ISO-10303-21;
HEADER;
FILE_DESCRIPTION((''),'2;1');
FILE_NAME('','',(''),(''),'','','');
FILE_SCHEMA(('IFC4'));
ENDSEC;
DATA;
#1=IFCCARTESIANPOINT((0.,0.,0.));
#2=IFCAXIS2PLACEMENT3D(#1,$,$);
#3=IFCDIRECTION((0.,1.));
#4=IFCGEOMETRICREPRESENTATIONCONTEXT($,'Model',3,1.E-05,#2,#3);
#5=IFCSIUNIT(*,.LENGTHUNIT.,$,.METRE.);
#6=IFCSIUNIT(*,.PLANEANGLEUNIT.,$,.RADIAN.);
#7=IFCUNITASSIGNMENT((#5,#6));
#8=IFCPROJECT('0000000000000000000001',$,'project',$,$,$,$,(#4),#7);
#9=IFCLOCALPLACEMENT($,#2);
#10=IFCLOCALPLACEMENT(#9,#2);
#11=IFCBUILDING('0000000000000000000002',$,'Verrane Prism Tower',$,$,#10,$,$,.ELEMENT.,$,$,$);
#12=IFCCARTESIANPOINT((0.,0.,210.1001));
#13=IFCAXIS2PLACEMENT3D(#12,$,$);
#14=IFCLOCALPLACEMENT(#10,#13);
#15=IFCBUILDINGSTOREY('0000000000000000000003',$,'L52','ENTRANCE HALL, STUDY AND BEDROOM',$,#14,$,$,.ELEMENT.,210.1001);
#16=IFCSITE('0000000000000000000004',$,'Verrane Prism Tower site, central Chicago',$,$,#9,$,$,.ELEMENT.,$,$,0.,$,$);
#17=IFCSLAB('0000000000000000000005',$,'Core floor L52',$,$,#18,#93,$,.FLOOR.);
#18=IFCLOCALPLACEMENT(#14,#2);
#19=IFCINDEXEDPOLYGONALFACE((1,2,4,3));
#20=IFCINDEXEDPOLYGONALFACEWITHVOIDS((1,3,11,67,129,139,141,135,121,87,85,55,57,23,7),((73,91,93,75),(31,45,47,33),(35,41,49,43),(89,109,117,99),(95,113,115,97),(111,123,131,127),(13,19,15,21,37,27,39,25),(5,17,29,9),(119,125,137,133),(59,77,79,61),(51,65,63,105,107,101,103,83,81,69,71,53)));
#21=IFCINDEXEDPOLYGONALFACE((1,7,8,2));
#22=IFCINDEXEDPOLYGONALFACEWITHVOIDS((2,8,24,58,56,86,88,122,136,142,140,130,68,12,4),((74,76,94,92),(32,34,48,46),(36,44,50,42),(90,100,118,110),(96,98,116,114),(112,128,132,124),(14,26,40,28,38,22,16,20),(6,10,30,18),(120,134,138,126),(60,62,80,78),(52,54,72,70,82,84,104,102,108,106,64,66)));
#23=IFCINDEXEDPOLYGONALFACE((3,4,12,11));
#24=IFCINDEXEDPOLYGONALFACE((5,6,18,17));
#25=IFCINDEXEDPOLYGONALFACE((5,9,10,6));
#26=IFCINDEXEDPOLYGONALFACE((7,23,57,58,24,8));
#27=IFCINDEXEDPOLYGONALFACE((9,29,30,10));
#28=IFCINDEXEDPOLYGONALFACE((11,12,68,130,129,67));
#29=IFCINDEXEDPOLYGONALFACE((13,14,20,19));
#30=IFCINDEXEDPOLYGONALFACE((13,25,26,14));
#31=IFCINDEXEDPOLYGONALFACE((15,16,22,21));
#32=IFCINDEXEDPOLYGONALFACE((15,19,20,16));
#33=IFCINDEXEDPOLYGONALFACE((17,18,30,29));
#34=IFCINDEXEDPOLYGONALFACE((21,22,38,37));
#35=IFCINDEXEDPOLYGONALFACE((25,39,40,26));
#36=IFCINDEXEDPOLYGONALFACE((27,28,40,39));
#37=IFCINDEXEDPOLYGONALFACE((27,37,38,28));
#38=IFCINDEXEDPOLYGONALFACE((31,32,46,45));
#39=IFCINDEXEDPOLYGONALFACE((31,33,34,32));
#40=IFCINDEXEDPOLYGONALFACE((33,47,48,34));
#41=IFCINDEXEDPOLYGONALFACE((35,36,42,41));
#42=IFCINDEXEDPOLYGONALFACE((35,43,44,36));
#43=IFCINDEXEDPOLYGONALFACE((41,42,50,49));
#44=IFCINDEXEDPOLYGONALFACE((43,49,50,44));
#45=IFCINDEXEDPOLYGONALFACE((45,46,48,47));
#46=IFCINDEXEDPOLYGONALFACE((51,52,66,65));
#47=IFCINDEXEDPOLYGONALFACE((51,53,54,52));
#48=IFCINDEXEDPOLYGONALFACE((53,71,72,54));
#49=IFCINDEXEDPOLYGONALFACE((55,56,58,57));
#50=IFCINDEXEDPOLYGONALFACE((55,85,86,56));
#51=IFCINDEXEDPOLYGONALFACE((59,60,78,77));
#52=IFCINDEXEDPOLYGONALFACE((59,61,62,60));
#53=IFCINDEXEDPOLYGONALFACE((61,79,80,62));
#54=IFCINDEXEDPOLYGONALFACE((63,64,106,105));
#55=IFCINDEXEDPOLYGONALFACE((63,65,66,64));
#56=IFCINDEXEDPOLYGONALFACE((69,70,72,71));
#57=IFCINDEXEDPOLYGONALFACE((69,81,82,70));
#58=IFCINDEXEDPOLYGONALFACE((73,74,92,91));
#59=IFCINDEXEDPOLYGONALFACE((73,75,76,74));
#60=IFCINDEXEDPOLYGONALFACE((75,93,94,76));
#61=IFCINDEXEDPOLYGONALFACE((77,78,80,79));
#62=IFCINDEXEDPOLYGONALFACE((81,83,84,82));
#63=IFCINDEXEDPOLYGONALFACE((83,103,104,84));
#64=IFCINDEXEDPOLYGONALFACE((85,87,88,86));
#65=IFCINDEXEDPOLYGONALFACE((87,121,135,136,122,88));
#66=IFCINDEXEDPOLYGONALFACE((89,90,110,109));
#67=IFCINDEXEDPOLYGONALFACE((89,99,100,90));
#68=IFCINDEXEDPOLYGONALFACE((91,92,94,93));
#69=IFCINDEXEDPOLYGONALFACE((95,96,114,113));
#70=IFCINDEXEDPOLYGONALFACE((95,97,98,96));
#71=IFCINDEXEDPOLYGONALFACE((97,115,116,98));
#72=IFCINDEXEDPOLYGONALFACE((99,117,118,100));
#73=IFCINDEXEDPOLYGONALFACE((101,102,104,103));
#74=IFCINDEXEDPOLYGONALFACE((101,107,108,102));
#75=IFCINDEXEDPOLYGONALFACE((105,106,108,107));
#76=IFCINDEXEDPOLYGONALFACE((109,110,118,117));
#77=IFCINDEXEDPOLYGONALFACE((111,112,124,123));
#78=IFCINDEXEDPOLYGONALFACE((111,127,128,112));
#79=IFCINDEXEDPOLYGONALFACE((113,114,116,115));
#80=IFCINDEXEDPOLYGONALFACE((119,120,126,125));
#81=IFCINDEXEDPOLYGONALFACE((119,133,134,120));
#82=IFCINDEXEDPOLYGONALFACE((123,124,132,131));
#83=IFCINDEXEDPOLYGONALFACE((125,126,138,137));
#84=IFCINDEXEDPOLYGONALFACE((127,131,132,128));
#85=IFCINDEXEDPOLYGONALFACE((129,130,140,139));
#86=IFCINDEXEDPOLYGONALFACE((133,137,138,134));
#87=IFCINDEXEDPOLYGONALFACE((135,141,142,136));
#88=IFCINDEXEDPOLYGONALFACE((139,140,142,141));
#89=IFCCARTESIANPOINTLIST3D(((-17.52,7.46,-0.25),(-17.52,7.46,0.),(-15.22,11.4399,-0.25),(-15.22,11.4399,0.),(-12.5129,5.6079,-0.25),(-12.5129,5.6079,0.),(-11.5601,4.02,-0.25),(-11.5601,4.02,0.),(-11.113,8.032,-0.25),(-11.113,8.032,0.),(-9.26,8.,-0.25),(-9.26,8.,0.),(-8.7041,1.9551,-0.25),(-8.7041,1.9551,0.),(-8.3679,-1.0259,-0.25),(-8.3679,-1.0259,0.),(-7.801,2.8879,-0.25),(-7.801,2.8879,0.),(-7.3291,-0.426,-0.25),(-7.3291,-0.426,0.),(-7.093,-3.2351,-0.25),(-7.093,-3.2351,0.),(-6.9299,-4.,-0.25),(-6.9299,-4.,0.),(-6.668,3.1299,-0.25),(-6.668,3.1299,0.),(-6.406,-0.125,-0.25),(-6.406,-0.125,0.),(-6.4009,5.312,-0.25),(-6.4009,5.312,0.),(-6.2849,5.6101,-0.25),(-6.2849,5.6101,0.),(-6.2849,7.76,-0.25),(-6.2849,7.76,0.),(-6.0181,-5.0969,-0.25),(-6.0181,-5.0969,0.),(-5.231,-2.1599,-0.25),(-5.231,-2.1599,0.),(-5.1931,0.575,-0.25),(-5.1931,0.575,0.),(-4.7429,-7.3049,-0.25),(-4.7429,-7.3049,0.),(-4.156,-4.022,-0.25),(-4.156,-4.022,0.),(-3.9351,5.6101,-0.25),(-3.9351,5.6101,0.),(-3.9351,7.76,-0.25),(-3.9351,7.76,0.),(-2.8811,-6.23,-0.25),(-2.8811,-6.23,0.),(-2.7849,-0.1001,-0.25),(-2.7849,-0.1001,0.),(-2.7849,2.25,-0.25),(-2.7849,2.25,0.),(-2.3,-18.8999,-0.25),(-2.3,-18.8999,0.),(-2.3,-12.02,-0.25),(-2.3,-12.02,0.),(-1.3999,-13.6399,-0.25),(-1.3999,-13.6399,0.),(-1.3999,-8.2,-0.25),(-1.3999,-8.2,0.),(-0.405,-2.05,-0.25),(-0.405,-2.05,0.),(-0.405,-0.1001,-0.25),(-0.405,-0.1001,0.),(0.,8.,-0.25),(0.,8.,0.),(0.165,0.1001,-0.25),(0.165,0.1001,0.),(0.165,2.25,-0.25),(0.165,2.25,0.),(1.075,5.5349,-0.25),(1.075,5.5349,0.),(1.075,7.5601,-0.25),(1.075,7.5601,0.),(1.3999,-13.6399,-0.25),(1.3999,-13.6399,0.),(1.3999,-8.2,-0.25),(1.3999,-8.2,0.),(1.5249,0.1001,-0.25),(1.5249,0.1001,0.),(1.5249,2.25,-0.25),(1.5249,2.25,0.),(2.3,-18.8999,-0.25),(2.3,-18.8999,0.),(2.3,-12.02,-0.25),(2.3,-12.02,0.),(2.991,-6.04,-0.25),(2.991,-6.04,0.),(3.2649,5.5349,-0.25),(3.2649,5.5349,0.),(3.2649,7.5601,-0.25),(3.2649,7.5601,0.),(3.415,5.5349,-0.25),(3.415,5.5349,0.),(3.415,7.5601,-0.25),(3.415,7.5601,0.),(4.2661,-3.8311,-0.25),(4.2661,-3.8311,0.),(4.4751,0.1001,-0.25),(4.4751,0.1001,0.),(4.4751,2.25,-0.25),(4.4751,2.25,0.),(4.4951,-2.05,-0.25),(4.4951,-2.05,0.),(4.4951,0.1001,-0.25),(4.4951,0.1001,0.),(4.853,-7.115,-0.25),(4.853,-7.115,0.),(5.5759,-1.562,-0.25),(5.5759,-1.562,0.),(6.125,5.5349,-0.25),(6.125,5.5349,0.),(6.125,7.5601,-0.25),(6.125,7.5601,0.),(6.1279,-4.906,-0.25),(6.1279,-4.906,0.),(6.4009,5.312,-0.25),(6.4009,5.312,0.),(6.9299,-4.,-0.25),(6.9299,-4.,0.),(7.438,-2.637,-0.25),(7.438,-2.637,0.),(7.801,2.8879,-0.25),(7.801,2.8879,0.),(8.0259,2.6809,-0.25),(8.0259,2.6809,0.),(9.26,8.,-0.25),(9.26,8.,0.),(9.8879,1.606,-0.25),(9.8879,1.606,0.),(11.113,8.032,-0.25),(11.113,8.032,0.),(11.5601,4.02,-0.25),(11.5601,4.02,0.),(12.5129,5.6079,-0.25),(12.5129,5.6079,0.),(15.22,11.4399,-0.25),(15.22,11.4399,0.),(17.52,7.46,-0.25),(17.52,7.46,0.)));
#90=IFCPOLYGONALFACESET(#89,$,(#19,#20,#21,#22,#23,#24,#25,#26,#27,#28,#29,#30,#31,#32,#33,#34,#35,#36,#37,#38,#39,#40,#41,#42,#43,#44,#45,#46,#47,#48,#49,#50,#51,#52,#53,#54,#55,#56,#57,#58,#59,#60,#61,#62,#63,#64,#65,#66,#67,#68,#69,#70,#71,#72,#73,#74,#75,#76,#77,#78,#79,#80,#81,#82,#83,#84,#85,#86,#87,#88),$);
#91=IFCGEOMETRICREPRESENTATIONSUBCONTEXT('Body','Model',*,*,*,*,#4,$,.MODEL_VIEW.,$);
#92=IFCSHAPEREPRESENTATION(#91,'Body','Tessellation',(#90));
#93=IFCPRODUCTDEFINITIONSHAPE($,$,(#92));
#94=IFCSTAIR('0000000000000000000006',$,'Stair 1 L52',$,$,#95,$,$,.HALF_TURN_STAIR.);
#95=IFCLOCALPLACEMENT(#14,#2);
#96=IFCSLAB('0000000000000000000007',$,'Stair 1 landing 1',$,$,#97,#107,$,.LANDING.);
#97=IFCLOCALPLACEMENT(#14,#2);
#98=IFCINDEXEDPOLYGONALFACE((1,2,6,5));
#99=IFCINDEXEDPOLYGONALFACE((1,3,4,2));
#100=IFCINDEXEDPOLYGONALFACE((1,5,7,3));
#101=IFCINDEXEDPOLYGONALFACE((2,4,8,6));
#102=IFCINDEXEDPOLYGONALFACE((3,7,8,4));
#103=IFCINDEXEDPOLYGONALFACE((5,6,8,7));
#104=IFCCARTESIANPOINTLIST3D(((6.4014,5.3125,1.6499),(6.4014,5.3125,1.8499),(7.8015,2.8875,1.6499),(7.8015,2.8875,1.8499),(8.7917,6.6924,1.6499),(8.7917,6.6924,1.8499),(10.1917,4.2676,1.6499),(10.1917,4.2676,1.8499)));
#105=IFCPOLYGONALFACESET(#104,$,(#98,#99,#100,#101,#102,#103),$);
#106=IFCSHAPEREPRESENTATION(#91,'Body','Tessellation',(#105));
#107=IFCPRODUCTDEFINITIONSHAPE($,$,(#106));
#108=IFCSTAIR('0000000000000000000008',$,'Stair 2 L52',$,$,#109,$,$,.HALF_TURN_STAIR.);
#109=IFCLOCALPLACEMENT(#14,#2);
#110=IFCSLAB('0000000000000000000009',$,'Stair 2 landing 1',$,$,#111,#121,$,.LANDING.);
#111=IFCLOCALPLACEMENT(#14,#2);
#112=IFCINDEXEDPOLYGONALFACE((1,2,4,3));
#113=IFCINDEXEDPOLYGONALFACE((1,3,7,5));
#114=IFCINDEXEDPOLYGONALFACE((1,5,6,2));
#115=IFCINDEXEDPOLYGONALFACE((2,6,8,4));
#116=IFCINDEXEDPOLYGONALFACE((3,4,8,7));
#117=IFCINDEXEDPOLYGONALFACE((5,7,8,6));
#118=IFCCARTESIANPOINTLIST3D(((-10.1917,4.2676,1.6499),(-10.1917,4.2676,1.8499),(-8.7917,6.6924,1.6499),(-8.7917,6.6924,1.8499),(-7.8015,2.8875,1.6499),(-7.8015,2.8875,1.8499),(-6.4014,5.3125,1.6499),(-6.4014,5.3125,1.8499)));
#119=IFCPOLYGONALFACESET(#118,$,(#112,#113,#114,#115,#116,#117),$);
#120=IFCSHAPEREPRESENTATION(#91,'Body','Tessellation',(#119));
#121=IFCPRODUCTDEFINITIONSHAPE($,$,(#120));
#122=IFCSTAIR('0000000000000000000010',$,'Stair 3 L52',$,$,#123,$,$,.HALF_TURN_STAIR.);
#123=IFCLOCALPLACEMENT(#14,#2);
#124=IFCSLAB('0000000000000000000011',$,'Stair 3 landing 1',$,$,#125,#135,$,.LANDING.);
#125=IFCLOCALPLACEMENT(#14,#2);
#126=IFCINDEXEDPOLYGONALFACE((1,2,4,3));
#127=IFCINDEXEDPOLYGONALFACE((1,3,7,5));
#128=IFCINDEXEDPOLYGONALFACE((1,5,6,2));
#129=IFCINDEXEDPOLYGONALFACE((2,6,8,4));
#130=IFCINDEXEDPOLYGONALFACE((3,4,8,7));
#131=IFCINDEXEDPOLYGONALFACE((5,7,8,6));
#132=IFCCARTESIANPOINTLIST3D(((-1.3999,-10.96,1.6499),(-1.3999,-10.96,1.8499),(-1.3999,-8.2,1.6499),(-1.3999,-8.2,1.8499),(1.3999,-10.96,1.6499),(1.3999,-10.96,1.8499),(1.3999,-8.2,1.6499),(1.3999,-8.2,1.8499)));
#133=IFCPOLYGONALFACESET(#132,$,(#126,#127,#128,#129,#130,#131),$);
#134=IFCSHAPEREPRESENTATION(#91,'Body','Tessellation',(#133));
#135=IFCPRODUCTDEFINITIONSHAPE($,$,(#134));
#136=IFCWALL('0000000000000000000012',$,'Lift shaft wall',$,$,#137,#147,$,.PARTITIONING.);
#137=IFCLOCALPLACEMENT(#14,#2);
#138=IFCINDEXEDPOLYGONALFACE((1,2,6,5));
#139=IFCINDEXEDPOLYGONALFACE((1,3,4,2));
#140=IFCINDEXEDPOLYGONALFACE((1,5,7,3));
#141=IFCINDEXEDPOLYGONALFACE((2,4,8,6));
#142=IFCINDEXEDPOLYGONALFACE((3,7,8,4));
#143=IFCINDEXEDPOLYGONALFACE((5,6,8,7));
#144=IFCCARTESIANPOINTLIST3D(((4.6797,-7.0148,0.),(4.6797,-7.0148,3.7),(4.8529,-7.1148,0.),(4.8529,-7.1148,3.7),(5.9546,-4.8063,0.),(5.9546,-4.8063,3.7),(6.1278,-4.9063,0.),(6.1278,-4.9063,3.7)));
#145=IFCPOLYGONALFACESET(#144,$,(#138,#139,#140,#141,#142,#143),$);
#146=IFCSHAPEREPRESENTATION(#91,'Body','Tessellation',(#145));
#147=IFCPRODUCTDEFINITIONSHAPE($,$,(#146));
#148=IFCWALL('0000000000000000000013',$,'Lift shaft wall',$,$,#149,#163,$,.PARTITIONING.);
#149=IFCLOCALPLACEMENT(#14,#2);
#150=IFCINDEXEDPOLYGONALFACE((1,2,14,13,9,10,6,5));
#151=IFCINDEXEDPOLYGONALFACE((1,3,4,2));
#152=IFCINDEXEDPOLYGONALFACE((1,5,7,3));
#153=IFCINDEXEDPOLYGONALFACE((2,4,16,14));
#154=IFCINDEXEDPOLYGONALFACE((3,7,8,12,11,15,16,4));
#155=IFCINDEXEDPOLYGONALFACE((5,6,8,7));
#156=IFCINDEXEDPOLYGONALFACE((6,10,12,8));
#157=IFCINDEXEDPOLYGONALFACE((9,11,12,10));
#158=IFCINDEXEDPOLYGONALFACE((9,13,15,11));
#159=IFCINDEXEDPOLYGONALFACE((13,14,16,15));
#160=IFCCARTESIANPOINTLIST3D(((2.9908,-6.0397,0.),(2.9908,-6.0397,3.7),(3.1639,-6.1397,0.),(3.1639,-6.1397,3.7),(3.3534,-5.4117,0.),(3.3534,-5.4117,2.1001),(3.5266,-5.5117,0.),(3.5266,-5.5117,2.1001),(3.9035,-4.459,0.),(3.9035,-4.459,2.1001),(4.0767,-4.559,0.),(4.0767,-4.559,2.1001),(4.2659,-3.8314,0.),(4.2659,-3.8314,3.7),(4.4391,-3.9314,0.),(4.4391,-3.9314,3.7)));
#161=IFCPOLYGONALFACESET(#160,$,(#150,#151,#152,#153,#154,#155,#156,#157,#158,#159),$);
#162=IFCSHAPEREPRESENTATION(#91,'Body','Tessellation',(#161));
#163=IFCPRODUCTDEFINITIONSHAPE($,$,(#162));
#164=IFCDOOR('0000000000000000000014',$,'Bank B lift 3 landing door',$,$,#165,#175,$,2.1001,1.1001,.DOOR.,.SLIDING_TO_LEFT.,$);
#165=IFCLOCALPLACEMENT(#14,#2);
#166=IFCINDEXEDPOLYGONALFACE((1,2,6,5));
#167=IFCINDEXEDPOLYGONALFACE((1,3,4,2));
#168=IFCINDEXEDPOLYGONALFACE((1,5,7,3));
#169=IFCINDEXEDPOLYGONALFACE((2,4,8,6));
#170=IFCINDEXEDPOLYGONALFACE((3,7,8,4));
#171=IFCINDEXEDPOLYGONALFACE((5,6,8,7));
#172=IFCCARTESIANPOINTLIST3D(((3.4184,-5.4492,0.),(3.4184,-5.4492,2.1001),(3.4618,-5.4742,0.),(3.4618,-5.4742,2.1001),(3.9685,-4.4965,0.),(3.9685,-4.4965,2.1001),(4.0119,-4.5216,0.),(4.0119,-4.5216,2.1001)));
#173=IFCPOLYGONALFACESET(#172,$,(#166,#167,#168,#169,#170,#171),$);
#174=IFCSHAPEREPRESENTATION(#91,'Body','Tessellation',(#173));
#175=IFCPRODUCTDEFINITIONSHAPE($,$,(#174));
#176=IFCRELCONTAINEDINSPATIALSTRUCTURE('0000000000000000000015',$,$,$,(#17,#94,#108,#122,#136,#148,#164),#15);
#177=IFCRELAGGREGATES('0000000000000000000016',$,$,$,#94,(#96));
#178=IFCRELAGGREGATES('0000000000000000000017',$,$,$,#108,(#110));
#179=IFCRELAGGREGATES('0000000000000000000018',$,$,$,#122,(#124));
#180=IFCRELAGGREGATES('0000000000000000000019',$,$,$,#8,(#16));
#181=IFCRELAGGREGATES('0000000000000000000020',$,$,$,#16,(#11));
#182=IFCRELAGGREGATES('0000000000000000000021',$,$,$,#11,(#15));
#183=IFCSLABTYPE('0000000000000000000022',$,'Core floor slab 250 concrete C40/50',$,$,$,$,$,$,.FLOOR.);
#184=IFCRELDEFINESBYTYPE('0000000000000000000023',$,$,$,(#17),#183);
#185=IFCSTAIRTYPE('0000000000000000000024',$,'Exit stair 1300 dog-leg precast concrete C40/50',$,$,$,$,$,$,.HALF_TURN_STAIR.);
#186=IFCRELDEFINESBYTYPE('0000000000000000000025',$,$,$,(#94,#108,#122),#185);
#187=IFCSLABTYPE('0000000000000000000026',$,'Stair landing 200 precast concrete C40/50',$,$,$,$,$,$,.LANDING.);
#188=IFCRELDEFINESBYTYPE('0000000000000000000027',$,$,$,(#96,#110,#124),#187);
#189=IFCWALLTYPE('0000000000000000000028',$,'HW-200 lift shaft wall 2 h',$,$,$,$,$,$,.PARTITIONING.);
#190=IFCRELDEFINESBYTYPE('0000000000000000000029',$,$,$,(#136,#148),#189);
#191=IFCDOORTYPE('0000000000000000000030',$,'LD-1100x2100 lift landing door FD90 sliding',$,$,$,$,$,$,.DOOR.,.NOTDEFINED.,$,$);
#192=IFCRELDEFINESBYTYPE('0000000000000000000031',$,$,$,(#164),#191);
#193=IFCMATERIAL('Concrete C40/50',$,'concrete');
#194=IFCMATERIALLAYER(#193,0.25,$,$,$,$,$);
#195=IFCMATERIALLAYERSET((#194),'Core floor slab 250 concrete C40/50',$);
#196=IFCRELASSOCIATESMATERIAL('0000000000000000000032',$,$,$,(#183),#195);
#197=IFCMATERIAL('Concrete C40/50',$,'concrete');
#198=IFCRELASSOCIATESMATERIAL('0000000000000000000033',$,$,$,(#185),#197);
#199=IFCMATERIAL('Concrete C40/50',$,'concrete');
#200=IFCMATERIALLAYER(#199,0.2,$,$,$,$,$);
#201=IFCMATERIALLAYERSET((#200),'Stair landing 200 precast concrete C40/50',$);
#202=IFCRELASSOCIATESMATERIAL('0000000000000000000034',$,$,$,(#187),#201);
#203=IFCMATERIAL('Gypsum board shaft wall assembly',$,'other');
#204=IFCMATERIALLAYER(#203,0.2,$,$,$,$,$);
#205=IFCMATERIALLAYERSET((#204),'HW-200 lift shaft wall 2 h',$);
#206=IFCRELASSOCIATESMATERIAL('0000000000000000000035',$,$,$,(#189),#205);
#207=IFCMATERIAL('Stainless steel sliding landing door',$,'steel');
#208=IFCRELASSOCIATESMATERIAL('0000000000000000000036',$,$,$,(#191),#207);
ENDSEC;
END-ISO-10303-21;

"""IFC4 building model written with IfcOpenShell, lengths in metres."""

from ifc_helpers import new_model, si_unit, direction, frame, frame_2d, origin, place, context, subcontext, project, spatial, polyline, rectangle, outline, extrude, material, layer, layer_set, type_object, element, fill, aggregate, save


model = new_model("IFC4")

# Units and contexts
model_context = context("Model", 3, precision=1e-05, world=origin(), true_north=direction((0.0, 1.0)))
body_context = subcontext(model_context, "Body", "Model", "MODEL_VIEW")
ifc_project = project(units=[si_unit("LENGTHUNIT", "METRE"), si_unit("PLANEANGLEUNIT", "RADIAN")], contexts=[model_context])

# Site, building, storey
site_placement = place(None, origin())
site = spatial("IfcSite", under=ifc_project, at=site_placement, Name="Verrane Prism Tower site, central Chicago", CompositionType="ELEMENT", RefElevation=0.0)
building_placement = place(site_placement, origin())
building = spatial("IfcBuilding", under=site, at=building_placement, Name="Verrane Prism Tower", CompositionType="ELEMENT")
storey_placement = place(building_placement, frame((0.0, 0.0, 210.1001)))
storey = spatial("IfcBuildingStorey", under=building, at=storey_placement, Name="L52", Description="ENTRANCE HALL, STUDY AND BEDROOM", CompositionType="ELEMENT", Elevation=210.1001)

# Slab
ifc_material_1 = material(Name="Concrete C40/50", Category="concrete")
ifc_layer_1 = layer(ifc_material_1, 0.25)
ifc_layer_set_1 = layer_set([ifc_layer_1], Name="Core floor slab 250 concrete C40/50")
slab_type_1 = type_object("IfcSlabType", Name="Core floor slab 250 concrete C40/50", PredefinedType="FLOOR", material=ifc_layer_set_1)
slab_1_placement = place(storey_placement, frame((0.0, 0.0, -0.25)))
element("IfcSlab", 1, at=slab_1_placement, inside=storey, type_object=slab_type_1, Name="Core floor L52", PredefinedType="FLOOR", context=body_context, shape_type="SweptSolid", body=[
    extrude(outline(polyline([(11.5601, 4.02), (17.52, 7.46), (15.22, 11.4399), (9.26, 8.0), (0.0, 8.0), (-9.26, 8.0), (-15.22, 11.4399), (-17.52, 7.46), (-11.5601, 4.02), (-6.9299, -4.0), (-2.3, -12.02), (-2.3, -18.8999), (2.3, -18.8999), (2.3, -12.02), (6.9299, -4.0), (11.5601, 4.02)]), holes=[polyline([(1.3999, -8.2), (1.3999, -13.6399), (-1.3999, -13.6399), (-1.3999, -8.2), (1.3999, -8.2)]), polyline([(-2.8811, -6.23), (-4.7429, -7.3049), (-6.0181, -5.0969), (-4.156, -4.022), (-2.8811, -6.23)]), polyline([(-7.801, 2.8879), (-12.5129, 5.6079), (-11.113, 8.032), (-6.4009, 5.312), (-7.801, 2.8879)]), polyline([(-6.2849, 5.6101), (-6.2849, 7.76), (-3.9351, 7.76), (-3.9351, 5.6101), (-6.2849, 5.6101)]), polyline([(4.2661, -3.8311), (6.1279, -4.906), (4.853, -7.115), (2.991, -6.04), (4.2661, -3.8311)]), polyline([(7.438, -2.637), (5.5759, -1.562), (8.0259, 2.6809), (9.8879, 1.606), (7.438, -2.637)]), polyline([(0.165, 0.1001), (1.5249, 0.1001), (1.5249, 2.25), (4.4751, 2.25), (4.4751, 0.1001), (4.4951, 0.1001), (4.4951, -2.05), (-0.405, -2.05), (-0.405, -0.1001), (-2.7849, -0.1001), (-2.7849, 2.25), (0.165, 2.25), (0.165, 0.1001)]), polyline([(6.4009, 5.312), (11.113, 8.032), (12.5129, 5.6079), (7.801, 2.8879), (6.4009, 5.312)]), polyline([(1.075, 5.5349), (1.075, 7.5601), (3.2649, 7.5601), (3.2649, 5.5349), (1.075, 5.5349)]), polyline([(3.415, 7.5601), (6.125, 7.5601), (6.125, 5.5349), (3.415, 5.5349), (3.415, 7.5601)]), polyline([(-5.231, -2.1599), (-7.093, -3.2351), (-8.3679, -1.0259), (-7.3291, -0.426), (-8.7041, 1.9551), (-6.668, 3.1299), (-5.1931, 0.575), (-6.406, -0.125), (-5.231, -2.1599)])]), origin(), (0.0, 0.0, 1.0), 0.25),
])

# Stairs, slabs
ifc_material_2 = material(Name="Concrete C40/50", Category="concrete")
stair_type = type_object("IfcStairType", Name="Exit stair 1300 dog-leg precast concrete C40/50", PredefinedType="HALF_TURN_STAIR", material=ifc_material_2)
stair_1_placement = place(storey_placement, origin())
stair_1 = element("IfcStair", 2, at=stair_1_placement, inside=storey, type_object=stair_type, Name="Stair 1 L52", PredefinedType="HALF_TURN_STAIR")
ifc_material_3 = material(Name="Concrete C40/50", Category="concrete")
ifc_layer_2 = layer(ifc_material_3, 0.2)
ifc_layer_set_2 = layer_set([ifc_layer_2], Name="Stair landing 200 precast concrete C40/50")
slab_type_2 = type_object("IfcSlabType", Name="Stair landing 200 precast concrete C40/50", PredefinedType="LANDING", material=ifc_layer_set_2)
slab_2_placement = place(storey_placement, frame((0.0, 0.0, 1.6499)))
slab_2 = element("IfcSlab", 3, at=slab_2_placement, type_object=slab_type_2, Name="Stair 1 landing 1", PredefinedType="LANDING", context=body_context, shape_type="SweptSolid", body=[
    extrude(outline(polyline([(8.7917, 6.6924), (6.4014, 5.3125), (7.8015, 2.8875), (10.1917, 4.2676), (8.7917, 6.6924)])), origin(), (0.0, 0.0, 1.0), 0.2),
])
aggregate(stair_1, [slab_2])
stair_2_placement = place(storey_placement, origin())
stair_2 = element("IfcStair", 4, at=stair_2_placement, inside=storey, type_object=stair_type, Name="Stair 2 L52", PredefinedType="HALF_TURN_STAIR")
slab_3_placement = place(storey_placement, frame((0.0, 0.0, 1.6499)))
slab_3 = element("IfcSlab", 5, at=slab_3_placement, type_object=slab_type_2, Name="Stair 2 landing 1", PredefinedType="LANDING", context=body_context, shape_type="SweptSolid", body=[
    extrude(outline(polyline([(-10.1917, 4.2676), (-7.8015, 2.8875), (-6.4014, 5.3125), (-8.7917, 6.6924), (-10.1917, 4.2676)])), origin(), (0.0, 0.0, 1.0), 0.2),
])
aggregate(stair_2, [slab_3])
stair_3_placement = place(storey_placement, origin())
stair_3 = element("IfcStair", 6, at=stair_3_placement, inside=storey, type_object=stair_type, Name="Stair 3 L52", PredefinedType="HALF_TURN_STAIR")
slab_4_placement = place(storey_placement, frame((0.0, 0.0, 1.6499)))
slab_4 = element("IfcSlab", 7, at=slab_4_placement, type_object=slab_type_2, Name="Stair 3 landing 1", PredefinedType="LANDING", context=body_context, shape_type="SweptSolid", body=[
    extrude(outline(polyline([(1.3999, -10.96), (1.3999, -8.2), (-1.3999, -8.2), (-1.3999, -10.96), (1.3999, -10.96)])), origin(), (0.0, 0.0, 1.0), 0.2),
])
aggregate(stair_3, [slab_4])

# Wall
ifc_material_4 = material(Name="Gypsum board shaft wall assembly", Category="other")
ifc_layer_3 = layer(ifc_material_4, 0.2)
ifc_layer_set_3 = layer_set([ifc_layer_3], Name="HW-200 lift shaft wall 2 h")
wall_type_1 = type_object("IfcWallType", Name="HW-200 lift shaft wall 2 h", PredefinedType="PARTITIONING", material=ifc_layer_set_3)
wall_1_placement = place(storey_placement, frame((4.7664, -7.0647, 0.0), z_axis=(0.0, 0.0, 1.0), x_axis=(0.499949, 0.866055, 0.0)))
element("IfcWall", 8, at=wall_1_placement, inside=storey, type_object=wall_type_1, Name="Lift shaft wall", PredefinedType="PARTITIONING", context=body_context, shape_type="SweptSolid", body=[
    extrude(rectangle(XDim=2.55, YDim=0.2, at=frame_2d((1.2749, 0.0))), origin(), (0.0, 0.0, 1.0), 3.7),
])

# Wall, opening, door
wall_2_placement = place(storey_placement, frame((3.0774, -6.0896, 0.0), z_axis=(0.0, 0.0, 1.0), x_axis=(0.500062, 0.865989, 0.0)))
wall_2 = element("IfcWall", 9, at=wall_2_placement, inside=storey, type_object=wall_type_1, Name="Lift shaft wall", PredefinedType="PARTITIONING", context=body_context, shape_type="SweptSolid", body=[
    extrude(rectangle(XDim=2.55, YDim=0.2, at=frame_2d((1.2749, 0.0))), origin(), (0.0, 0.0, 1.0), 3.7),
])
opening_1_placement = place(wall_2_placement, frame((0.7251, 0.0, 0.0)))
opening_1 = element("IfcOpeningElement", 10, at=opening_1_placement, cuts=wall_2, PredefinedType="OPENING", context=body_context, shape_type="SweptSolid", body=[
    extrude(rectangle(XDim=1.1001, YDim=2.1001, at=frame_2d((0.55, 1.05))), frame((0.0, 0.1099, 0.0), z_axis=(0.0, -1.0, 0.0), x_axis=(1.0, 0.0, 0.0)), (0.0, 0.0, 1.0), 0.22),
])
ifc_material_5 = material(Name="Stainless steel sliding landing door", Category="steel")
door_type_1 = type_object("IfcDoorType", Name="LD-1100x2100 lift landing door FD90 sliding", OperationType="NOTDEFINED", PredefinedType="DOOR", material=ifc_material_5)
door_1_placement = place(opening_1_placement, origin())
door_1 = element("IfcDoor", 11, at=door_1_placement, inside=storey, type_object=door_type_1, Name="Bank B lift 3 landing door", OperationType="SLIDING_TO_LEFT", OverallHeight=2.1001, OverallWidth=1.1001, PredefinedType="DOOR", context=body_context, shape_type="SweptSolid", body=[
    extrude(rectangle(XDim=1.1001, YDim=2.1001, at=frame_2d((0.55, 1.05))), frame((0.0, 0.0249, 0.0), z_axis=(0.0, -1.0, 0.0), x_axis=(1.0, 0.0, 0.0)), (0.0, 0.0, 1.0), 0.05),
])
fill(opening_1, door_1)

save(model, "model.ifc")
